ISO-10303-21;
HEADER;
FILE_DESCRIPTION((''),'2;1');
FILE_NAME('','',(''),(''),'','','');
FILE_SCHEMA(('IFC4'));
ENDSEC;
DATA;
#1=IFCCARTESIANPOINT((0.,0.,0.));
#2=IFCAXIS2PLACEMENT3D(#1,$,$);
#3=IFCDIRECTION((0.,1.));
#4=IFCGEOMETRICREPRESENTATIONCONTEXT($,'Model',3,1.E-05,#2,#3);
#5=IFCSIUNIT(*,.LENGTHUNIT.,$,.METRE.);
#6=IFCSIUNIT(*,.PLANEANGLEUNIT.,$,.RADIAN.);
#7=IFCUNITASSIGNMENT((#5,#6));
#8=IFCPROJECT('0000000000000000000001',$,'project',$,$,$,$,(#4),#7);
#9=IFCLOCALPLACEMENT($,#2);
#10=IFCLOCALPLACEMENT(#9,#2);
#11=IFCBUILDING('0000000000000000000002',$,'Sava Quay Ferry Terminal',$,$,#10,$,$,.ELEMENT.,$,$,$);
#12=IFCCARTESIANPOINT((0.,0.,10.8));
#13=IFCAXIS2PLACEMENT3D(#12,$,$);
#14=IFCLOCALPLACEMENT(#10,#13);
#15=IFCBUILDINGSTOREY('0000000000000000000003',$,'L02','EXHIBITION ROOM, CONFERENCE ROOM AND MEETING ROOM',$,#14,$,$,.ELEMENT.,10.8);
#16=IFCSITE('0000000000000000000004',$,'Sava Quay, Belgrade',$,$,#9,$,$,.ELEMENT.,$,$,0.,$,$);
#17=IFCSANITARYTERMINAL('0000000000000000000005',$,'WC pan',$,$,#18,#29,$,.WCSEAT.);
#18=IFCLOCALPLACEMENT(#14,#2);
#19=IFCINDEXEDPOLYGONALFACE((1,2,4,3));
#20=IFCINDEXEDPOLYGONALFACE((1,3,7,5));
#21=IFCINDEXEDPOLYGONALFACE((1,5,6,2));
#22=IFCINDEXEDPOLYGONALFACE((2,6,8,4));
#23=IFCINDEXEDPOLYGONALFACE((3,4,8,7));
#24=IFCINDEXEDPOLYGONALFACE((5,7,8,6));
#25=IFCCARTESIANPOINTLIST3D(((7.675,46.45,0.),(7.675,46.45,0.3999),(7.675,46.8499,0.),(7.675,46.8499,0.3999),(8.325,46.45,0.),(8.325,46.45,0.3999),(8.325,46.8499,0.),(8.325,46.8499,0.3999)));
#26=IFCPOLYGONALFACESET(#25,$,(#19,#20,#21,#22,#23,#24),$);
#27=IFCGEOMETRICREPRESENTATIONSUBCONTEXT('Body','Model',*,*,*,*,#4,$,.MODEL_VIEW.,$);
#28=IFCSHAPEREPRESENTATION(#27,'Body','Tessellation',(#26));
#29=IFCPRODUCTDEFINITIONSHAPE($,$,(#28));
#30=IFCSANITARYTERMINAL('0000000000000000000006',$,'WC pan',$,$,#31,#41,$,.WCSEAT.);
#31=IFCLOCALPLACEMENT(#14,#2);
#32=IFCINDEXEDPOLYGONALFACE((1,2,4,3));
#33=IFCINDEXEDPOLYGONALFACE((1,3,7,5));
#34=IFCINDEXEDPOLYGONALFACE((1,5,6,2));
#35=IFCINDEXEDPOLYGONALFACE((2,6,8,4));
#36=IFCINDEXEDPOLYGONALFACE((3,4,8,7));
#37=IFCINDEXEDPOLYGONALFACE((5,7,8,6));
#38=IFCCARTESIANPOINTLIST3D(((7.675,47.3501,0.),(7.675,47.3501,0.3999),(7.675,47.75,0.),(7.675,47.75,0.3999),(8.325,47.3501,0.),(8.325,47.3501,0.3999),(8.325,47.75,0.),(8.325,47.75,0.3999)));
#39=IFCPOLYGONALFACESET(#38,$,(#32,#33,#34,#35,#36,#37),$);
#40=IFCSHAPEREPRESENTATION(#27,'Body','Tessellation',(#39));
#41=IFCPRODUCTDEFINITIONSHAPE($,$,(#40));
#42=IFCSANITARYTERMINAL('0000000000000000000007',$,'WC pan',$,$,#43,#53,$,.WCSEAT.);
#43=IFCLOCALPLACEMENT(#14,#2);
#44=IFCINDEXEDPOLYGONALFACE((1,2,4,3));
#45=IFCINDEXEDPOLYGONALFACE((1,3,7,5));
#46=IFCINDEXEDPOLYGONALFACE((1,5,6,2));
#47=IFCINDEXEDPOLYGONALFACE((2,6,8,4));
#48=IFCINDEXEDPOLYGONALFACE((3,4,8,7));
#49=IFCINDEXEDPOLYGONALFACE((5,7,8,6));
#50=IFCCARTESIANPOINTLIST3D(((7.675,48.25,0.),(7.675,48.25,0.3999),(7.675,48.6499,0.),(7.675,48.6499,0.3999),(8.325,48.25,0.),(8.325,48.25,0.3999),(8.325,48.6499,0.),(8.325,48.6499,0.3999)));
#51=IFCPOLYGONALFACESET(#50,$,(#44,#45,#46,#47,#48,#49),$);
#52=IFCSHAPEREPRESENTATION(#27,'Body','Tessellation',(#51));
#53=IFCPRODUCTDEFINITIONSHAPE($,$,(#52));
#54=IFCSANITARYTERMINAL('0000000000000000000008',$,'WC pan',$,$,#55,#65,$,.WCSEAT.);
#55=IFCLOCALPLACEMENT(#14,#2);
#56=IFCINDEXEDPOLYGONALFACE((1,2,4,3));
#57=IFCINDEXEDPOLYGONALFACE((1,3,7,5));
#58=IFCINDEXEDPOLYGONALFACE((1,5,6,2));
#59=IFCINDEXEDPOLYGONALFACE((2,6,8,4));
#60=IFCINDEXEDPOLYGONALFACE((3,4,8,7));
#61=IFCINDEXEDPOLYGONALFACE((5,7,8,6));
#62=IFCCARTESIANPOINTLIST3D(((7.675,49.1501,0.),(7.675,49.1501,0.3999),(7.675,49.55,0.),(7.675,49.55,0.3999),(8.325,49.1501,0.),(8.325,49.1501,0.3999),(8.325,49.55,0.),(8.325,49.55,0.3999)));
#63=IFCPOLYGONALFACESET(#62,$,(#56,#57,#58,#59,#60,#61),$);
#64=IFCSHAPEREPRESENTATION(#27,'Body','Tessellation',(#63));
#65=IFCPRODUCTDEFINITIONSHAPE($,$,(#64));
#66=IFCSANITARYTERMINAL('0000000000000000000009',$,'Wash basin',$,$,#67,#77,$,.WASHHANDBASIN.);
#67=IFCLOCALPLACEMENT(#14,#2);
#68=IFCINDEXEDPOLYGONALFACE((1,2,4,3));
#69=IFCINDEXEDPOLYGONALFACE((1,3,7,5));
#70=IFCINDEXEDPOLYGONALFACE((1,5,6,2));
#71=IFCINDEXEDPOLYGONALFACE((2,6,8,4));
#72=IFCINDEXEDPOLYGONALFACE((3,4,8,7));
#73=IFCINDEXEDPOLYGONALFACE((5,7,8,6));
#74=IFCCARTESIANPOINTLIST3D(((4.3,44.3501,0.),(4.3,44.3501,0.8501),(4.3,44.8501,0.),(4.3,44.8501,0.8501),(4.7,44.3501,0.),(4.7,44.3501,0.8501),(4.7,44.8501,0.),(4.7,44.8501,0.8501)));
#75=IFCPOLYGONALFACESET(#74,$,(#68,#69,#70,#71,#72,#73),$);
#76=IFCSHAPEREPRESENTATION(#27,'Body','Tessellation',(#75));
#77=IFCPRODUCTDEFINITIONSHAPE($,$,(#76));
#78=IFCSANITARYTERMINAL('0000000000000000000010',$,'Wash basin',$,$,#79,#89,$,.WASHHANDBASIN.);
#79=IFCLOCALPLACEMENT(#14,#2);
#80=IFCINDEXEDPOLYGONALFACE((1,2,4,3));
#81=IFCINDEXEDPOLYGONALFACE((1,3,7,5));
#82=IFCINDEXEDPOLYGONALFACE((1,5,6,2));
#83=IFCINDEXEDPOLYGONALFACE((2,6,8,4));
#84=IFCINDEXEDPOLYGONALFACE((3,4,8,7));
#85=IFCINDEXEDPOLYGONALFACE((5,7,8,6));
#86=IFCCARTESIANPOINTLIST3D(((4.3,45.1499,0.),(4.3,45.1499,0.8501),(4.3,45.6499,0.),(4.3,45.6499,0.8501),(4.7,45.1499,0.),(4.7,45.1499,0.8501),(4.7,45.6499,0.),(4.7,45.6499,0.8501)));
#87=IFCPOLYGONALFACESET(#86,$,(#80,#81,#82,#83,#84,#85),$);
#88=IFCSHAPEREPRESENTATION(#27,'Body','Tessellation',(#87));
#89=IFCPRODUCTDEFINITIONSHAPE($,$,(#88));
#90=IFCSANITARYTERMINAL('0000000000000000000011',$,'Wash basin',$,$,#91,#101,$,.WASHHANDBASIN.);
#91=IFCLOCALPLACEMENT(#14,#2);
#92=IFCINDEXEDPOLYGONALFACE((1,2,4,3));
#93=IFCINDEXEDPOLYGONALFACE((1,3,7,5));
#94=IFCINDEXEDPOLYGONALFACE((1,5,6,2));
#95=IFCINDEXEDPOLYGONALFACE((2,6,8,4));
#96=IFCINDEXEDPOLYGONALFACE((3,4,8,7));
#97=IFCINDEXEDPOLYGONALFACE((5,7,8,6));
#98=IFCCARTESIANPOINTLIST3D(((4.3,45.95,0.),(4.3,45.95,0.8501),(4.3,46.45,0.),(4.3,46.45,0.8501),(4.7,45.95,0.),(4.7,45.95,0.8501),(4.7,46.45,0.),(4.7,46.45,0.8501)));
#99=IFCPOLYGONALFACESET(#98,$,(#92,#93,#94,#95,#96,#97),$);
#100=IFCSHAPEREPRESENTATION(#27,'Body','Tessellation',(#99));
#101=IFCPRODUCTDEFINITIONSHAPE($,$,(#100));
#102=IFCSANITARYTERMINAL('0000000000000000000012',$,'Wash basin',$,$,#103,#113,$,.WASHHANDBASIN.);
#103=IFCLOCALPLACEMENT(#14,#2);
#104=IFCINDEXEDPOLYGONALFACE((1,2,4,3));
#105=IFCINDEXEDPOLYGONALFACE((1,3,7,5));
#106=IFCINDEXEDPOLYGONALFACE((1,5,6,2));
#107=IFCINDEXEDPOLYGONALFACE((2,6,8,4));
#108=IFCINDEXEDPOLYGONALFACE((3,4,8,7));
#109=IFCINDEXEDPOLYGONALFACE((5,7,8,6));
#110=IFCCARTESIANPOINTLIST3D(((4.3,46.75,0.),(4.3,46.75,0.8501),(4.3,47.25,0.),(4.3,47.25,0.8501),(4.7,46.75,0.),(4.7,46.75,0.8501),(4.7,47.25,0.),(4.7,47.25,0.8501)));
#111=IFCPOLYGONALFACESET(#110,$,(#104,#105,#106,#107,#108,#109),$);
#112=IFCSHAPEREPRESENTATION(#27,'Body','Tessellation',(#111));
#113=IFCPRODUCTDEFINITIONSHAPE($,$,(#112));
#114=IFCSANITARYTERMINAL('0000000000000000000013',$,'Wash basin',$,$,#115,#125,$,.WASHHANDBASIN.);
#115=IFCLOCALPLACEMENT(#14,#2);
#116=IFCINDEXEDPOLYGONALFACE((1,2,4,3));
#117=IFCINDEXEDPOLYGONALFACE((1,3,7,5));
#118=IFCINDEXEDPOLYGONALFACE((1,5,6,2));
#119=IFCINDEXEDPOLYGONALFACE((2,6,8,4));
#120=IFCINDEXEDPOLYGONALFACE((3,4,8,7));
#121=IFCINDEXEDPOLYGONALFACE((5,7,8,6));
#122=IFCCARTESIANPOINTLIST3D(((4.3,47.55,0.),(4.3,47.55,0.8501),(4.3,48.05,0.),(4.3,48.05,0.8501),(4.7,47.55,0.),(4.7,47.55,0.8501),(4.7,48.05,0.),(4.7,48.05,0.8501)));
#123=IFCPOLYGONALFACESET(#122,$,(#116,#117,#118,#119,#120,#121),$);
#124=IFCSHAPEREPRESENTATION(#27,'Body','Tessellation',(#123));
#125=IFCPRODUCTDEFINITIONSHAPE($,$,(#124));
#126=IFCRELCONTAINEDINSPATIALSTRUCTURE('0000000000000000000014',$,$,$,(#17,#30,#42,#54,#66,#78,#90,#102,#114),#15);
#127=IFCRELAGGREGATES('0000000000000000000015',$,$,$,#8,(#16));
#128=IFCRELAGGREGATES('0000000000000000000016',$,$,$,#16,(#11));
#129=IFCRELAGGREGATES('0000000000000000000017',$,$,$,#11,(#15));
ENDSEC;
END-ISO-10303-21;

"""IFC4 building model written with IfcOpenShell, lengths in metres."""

from ifc_helpers import new_model, si_unit, direction, frame, origin, origin_2d, place, context, subcontext, project, spatial, rectangle, extrude, element, save


model = new_model("IFC4")

# Units and contexts
model_context = context("Model", 3, precision=1e-05, world=origin(), true_north=direction((0.0, 1.0)))
body_context = subcontext(model_context, "Body", "Model", "MODEL_VIEW")
ifc_project = project(units=[si_unit("LENGTHUNIT", "METRE"), si_unit("PLANEANGLEUNIT", "RADIAN")], contexts=[model_context])

# Site, building, storey
site_placement = place(None, origin())
site = spatial("IfcSite", under=ifc_project, at=site_placement, Name="Sava Quay, Belgrade", CompositionType="ELEMENT", RefElevation=0.0)
building_placement = place(site_placement, origin())
building = spatial("IfcBuilding", under=site, at=building_placement, Name="Sava Quay Ferry Terminal", CompositionType="ELEMENT")
storey_placement = place(building_placement, frame((0.0, 0.0, 10.8)))
storey = spatial("IfcBuildingStorey", under=building, at=storey_placement, Name="L02", Description="EXHIBITION ROOM, CONFERENCE ROOM AND MEETING ROOM", CompositionType="ELEMENT", Elevation=10.8)

# Sanitary terminals
for number, where, z_axis, x_axis, name in (
    (1, (8.0, 46.6499, 0.0), (0.0, 0.0, 1.0), (1.0, 0.0, 0.0), "WC pan"),
    (2, (8.0, 47.55, 0.0), (0.0, 0.0, 1.0), (1.0, 0.0, 0.0), "WC pan"),
    (3, (8.0, 48.45, 0.0), (0.0, 0.0, 1.0), (1.0, 0.0, 0.0), "WC pan"),
    (4, (8.0, 49.3501, 0.0), (0.0, 0.0, 1.0), (1.0, 0.0, 0.0), "WC pan"),
):
    element("IfcSanitaryTerminal", number, at=place(storey_placement, frame(where, z_axis=z_axis, x_axis=x_axis)), inside=storey, Name=name, PredefinedType="WCSEAT", context=body_context, shape_type="SweptSolid", body=[
        extrude(rectangle(XDim=0.6499, YDim=0.3999, at=origin_2d()), origin(), (0.0, 0.0, 1.0), 0.3999),
    ])
for number, where, z_axis, x_axis, name in (
    (5, (4.5, 44.6001, 0.0), (0.0, 0.0, 1.0), (1.0, 0.0, 0.0), "Wash basin"),
    (6, (4.5, 45.3999, 0.0), (0.0, 0.0, 1.0), (1.0, 0.0, 0.0), "Wash basin"),
    (7, (4.5, 46.2, 0.0), (0.0, 0.0, 1.0), (1.0, 0.0, 0.0), "Wash basin"),
    (8, (4.5, 47.0, 0.0), (0.0, 0.0, 1.0), (1.0, 0.0, 0.0), "Wash basin"),
    (9, (4.5, 47.8, 0.0), (0.0, 0.0, 1.0), (1.0, 0.0, 0.0), "Wash basin"),
):
    element("IfcSanitaryTerminal", number, at=place(storey_placement, frame(where, z_axis=z_axis, x_axis=x_axis)), inside=storey, Name=name, PredefinedType="WASHHANDBASIN", context=body_context, shape_type="SweptSolid", body=[
        extrude(rectangle(XDim=0.3999, YDim=0.5, at=origin_2d()), origin(), (0.0, 0.0, 1.0), 0.8501),
    ])

save(model, "model.ifc")
